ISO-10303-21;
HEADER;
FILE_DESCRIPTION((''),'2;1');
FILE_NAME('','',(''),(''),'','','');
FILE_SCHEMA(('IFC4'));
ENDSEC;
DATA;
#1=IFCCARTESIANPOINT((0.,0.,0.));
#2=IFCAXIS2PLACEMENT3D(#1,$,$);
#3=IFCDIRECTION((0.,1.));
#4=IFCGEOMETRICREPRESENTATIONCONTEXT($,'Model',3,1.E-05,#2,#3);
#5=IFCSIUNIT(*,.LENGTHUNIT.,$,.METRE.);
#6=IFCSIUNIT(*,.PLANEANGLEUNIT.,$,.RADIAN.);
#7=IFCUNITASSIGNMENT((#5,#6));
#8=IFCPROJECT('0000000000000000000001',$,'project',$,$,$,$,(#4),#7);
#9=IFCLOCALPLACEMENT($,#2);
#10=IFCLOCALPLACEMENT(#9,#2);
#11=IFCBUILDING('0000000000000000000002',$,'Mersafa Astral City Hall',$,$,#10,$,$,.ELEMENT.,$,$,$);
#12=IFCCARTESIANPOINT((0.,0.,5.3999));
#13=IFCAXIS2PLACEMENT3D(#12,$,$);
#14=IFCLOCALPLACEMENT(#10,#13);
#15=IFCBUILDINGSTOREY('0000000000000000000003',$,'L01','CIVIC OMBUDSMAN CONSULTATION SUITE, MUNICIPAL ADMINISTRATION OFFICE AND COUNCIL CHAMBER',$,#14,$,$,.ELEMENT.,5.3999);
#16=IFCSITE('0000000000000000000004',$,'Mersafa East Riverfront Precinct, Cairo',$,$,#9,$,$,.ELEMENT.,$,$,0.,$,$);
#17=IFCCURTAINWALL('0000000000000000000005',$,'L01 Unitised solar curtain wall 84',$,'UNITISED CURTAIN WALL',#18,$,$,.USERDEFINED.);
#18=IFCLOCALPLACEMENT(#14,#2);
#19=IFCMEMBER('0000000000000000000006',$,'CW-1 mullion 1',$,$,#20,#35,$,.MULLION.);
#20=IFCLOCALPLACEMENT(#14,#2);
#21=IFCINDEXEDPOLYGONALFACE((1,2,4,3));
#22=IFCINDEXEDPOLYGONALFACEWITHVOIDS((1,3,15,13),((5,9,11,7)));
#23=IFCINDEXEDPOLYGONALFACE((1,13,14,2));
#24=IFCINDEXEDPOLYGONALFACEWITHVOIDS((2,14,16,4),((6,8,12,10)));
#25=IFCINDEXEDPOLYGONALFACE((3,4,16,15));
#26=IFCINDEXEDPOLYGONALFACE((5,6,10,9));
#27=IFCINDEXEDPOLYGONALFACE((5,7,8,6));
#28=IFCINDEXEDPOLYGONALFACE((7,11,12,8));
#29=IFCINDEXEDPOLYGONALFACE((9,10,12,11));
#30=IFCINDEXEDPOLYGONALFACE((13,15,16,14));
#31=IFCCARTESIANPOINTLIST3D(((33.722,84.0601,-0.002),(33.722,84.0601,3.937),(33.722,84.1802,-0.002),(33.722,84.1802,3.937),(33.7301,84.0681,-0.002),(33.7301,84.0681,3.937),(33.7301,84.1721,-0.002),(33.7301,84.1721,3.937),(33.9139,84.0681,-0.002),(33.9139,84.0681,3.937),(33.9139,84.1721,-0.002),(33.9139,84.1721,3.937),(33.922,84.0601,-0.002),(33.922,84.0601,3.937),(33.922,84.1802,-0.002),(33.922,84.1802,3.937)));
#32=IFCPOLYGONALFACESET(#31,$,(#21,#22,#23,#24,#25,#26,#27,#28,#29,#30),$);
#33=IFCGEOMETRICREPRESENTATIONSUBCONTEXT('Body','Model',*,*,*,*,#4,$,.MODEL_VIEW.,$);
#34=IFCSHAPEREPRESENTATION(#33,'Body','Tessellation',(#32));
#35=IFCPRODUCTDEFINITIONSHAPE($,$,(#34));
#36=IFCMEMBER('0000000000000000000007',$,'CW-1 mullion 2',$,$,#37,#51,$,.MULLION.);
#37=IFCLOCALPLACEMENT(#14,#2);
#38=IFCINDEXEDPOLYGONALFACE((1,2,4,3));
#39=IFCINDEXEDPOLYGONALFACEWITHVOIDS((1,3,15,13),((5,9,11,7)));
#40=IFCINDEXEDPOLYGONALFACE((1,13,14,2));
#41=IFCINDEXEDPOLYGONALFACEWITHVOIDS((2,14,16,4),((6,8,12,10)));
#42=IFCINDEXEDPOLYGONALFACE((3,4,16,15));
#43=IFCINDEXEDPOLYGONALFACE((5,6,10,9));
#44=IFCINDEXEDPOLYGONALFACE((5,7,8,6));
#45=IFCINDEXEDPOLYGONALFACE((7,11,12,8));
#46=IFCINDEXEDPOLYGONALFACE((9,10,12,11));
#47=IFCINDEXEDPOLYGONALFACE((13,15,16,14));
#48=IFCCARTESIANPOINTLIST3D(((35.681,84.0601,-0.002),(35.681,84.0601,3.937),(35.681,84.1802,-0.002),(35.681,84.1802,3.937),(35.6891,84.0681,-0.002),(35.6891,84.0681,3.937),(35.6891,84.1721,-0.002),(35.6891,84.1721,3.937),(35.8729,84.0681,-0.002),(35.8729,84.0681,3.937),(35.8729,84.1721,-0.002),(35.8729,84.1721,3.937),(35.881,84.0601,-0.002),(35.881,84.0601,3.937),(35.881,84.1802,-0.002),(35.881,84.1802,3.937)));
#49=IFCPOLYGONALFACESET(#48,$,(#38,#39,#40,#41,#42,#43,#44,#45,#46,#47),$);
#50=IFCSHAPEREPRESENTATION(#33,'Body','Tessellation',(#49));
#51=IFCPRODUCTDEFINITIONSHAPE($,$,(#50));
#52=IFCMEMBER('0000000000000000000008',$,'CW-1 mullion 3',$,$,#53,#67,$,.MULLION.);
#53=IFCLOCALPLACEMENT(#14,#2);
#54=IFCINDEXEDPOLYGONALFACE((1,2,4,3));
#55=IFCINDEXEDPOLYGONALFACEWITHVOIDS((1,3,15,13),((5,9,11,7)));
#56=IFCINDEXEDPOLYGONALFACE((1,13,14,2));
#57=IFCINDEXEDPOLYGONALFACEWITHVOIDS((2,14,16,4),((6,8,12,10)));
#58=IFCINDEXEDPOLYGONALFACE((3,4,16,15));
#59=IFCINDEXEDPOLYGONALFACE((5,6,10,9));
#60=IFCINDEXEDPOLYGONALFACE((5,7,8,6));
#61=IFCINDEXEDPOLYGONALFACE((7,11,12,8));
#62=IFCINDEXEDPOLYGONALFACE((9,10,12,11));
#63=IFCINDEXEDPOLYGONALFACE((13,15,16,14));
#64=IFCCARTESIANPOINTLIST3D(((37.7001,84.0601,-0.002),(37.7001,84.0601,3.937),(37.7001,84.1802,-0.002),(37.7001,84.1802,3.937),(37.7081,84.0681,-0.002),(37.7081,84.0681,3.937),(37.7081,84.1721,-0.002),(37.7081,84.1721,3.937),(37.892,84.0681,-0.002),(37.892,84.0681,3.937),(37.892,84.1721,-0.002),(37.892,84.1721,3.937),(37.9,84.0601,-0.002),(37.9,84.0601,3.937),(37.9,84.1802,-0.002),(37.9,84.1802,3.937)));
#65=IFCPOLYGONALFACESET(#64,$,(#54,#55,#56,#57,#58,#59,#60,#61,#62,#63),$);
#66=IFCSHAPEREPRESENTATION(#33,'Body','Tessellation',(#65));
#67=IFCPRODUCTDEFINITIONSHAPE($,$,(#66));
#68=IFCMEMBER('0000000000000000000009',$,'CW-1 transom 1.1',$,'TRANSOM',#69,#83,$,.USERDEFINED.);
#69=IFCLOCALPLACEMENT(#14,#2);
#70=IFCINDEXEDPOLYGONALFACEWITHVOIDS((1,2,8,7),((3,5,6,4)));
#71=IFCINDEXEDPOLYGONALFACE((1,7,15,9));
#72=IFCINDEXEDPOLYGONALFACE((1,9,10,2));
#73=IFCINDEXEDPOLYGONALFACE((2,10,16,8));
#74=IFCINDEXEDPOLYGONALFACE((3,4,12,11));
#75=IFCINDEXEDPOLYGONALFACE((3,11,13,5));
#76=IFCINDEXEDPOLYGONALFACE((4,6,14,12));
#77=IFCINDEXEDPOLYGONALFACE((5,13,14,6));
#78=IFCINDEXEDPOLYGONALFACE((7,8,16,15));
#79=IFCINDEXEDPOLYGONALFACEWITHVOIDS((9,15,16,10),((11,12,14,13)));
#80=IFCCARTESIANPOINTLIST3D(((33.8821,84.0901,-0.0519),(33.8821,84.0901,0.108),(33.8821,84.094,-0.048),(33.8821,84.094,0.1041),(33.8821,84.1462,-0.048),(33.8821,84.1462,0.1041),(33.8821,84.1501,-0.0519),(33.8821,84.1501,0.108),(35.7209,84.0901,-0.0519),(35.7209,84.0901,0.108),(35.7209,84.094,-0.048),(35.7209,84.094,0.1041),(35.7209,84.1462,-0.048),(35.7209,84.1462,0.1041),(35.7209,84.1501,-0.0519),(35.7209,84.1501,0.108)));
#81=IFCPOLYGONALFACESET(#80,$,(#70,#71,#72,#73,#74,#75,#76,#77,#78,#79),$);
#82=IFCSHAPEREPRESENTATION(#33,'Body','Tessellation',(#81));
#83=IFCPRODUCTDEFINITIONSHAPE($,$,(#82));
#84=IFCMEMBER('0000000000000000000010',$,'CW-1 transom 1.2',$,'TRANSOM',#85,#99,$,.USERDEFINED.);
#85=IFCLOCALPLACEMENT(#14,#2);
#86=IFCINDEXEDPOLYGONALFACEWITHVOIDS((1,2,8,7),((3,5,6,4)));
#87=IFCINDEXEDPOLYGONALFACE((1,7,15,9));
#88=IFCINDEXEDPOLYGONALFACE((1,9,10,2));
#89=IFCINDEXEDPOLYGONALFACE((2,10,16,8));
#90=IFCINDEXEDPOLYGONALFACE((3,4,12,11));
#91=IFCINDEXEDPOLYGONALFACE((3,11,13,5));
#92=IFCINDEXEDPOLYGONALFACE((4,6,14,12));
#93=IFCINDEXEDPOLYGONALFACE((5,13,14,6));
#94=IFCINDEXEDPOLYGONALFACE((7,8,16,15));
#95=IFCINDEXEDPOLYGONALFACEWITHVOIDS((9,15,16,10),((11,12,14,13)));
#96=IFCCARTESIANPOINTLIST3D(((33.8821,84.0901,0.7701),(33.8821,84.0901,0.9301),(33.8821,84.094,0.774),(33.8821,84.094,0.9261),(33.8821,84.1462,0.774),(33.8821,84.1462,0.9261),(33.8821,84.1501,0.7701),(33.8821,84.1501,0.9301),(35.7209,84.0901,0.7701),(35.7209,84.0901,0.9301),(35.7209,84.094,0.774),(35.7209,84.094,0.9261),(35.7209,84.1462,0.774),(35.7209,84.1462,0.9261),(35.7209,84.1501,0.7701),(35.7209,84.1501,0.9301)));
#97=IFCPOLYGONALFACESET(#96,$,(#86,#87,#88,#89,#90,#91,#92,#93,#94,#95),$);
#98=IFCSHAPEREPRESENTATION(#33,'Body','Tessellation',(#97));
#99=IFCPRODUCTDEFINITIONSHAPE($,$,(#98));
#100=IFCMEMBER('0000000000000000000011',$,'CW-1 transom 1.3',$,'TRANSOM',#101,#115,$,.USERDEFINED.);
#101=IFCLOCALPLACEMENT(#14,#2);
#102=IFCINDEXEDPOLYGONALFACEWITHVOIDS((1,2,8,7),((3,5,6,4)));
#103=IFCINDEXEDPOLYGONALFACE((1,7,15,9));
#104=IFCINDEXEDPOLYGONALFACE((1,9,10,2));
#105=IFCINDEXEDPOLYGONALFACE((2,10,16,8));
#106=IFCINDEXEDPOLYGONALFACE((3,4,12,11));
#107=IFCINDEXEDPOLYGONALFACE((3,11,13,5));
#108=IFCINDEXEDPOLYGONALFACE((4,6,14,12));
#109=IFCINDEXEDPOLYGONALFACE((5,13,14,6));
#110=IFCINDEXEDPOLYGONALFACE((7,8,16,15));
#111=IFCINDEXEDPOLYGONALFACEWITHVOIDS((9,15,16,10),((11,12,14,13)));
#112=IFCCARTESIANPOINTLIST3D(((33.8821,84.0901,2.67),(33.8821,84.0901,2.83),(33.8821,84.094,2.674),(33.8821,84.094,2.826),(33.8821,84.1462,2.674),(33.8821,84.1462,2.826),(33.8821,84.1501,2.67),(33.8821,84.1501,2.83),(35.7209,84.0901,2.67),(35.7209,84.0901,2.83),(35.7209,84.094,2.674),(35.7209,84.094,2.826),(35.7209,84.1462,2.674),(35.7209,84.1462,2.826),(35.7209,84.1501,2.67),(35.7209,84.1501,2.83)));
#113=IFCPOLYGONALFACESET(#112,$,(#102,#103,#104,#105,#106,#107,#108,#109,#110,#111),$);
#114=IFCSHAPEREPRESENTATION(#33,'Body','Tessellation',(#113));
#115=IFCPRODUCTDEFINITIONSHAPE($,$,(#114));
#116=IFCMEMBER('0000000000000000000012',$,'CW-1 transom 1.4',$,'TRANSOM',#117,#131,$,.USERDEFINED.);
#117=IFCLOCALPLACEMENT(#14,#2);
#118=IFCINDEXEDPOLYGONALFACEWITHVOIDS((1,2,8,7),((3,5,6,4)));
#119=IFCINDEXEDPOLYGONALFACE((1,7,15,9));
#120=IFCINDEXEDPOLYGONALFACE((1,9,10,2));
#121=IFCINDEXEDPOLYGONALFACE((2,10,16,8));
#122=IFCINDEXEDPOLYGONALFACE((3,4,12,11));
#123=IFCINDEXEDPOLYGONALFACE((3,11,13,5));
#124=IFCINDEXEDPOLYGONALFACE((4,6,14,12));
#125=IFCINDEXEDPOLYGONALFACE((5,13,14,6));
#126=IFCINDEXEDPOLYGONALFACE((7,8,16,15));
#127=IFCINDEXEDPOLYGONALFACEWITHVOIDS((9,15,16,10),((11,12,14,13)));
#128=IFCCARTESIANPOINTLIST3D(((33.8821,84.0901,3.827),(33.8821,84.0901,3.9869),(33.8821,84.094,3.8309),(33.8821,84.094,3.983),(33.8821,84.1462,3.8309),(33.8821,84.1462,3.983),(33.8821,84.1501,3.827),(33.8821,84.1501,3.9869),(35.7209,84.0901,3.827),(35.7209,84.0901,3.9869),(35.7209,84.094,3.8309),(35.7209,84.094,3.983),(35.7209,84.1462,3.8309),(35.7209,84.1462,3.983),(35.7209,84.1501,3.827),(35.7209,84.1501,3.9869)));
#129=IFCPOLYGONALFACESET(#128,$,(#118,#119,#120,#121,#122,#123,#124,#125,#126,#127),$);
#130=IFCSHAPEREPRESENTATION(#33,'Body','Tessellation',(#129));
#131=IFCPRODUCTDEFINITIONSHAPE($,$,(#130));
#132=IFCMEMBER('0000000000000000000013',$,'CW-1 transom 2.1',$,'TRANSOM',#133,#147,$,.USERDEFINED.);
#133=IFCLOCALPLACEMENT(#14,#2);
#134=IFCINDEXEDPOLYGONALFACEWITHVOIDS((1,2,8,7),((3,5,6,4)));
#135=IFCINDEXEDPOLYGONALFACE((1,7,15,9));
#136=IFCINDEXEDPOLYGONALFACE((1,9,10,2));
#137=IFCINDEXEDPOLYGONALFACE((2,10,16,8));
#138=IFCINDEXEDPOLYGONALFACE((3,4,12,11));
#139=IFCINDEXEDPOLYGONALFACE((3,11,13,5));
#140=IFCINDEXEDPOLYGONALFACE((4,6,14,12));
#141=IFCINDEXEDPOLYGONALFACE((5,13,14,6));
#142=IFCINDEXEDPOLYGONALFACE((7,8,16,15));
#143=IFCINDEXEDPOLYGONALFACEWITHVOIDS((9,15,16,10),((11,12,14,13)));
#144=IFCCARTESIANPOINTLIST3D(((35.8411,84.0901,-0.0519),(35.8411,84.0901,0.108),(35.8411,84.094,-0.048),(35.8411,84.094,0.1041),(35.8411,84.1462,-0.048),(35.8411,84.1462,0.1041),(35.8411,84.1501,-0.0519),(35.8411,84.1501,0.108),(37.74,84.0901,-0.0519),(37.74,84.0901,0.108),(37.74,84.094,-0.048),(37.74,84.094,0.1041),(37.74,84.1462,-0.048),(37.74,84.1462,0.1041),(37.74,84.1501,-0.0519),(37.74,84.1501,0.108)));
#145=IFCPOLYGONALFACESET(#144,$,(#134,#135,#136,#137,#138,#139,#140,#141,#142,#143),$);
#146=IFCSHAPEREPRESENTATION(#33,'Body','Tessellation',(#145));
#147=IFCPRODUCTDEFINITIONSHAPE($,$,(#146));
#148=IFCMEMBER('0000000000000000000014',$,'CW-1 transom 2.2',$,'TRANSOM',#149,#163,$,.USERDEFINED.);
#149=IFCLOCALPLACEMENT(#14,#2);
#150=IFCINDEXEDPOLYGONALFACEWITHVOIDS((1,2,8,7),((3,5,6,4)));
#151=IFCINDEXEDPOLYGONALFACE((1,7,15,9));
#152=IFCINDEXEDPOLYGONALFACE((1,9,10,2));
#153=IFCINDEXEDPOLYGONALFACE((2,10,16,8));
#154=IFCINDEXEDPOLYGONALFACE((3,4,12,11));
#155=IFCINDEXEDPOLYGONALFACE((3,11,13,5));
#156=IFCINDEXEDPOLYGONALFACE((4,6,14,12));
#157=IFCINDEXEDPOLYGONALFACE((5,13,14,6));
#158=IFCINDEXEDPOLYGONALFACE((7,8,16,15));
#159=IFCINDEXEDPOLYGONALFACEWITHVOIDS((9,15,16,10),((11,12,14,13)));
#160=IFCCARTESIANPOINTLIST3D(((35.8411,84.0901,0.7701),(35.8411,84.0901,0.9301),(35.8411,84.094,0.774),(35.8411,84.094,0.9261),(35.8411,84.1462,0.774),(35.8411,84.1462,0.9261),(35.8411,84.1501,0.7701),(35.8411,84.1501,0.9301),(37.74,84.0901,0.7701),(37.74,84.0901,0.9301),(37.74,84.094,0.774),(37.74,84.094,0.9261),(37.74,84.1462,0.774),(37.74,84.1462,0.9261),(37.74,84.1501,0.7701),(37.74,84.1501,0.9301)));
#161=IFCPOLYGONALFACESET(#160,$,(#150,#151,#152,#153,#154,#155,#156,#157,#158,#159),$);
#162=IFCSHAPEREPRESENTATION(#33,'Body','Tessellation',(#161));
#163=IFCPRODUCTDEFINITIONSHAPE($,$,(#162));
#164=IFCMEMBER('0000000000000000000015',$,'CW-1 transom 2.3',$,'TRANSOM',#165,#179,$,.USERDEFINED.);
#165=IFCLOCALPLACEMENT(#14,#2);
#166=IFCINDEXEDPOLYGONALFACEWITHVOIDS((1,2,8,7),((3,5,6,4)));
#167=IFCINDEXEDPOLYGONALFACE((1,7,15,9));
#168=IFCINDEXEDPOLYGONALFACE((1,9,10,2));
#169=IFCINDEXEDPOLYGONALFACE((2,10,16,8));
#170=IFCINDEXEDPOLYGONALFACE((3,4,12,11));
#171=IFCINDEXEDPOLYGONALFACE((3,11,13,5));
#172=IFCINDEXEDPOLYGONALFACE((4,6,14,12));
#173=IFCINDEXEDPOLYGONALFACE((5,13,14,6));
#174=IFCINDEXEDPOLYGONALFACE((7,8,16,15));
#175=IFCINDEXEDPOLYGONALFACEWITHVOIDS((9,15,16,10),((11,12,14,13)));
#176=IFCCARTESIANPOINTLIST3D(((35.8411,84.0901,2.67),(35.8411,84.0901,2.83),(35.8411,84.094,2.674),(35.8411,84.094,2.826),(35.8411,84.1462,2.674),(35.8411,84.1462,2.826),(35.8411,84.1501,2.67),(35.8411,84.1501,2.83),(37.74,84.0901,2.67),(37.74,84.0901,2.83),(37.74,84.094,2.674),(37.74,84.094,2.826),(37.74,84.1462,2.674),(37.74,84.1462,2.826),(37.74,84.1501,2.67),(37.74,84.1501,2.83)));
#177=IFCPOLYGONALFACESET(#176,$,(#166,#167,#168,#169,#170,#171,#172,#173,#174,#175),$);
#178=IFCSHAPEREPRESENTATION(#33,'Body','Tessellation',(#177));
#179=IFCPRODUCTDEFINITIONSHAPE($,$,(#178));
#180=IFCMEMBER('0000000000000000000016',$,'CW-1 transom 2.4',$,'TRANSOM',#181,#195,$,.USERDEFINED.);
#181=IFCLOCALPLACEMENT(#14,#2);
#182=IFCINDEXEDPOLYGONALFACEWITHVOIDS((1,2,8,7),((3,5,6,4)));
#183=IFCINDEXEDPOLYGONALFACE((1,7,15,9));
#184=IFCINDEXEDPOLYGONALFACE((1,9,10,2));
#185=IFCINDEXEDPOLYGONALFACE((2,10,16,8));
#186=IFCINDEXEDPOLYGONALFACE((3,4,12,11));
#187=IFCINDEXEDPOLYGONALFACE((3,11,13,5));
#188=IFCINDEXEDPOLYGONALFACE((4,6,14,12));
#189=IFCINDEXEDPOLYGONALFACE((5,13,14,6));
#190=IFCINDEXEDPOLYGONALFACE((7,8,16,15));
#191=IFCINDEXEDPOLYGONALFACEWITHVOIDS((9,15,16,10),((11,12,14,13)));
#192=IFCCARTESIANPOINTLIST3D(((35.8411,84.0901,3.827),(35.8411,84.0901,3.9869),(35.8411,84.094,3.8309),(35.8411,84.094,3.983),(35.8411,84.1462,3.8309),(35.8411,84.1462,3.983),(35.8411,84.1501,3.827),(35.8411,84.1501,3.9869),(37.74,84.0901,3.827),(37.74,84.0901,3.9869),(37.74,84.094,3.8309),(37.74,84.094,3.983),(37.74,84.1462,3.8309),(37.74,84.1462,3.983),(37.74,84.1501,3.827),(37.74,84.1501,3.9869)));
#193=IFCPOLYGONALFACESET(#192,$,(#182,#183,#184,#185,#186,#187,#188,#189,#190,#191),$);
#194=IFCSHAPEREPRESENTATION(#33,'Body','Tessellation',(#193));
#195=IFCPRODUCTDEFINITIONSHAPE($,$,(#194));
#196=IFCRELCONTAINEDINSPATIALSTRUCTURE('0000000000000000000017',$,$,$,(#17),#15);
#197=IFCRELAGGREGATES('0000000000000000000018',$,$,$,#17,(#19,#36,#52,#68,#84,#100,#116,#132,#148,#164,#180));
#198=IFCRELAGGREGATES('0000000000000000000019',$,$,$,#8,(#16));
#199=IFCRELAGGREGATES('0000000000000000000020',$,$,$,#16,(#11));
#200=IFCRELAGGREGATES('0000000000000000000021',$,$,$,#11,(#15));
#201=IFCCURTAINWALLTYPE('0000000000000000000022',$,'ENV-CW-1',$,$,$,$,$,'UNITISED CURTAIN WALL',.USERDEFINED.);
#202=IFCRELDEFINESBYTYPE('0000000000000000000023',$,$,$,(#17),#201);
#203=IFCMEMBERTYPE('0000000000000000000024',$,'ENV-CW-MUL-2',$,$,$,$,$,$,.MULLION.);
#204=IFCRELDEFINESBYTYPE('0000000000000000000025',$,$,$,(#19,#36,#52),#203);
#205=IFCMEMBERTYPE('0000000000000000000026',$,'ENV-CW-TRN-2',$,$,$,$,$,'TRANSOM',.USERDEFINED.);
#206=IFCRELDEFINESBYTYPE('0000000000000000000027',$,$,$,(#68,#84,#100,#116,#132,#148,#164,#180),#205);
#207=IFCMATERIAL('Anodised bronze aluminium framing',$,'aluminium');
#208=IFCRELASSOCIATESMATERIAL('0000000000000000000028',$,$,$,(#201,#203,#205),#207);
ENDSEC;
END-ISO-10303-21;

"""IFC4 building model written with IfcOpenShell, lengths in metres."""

from ifc_helpers import new_model, si_unit, direction, frame, origin, origin_2d, place, context, subcontext, project, spatial, hollow_rectangle, extrude, material, material_profile, profile_set, type_object, element, aggregate, save


model = new_model("IFC4")

# Units and contexts
model_context = context("Model", 3, precision=1e-05, world=origin(), true_north=direction((0.0, 1.0)))
body_context = subcontext(model_context, "Body", "Model", "MODEL_VIEW")
ifc_project = project(units=[si_unit("LENGTHUNIT", "METRE"), si_unit("PLANEANGLEUNIT", "RADIAN")], contexts=[model_context])

# Site, building, storey
site_placement = place(None, origin())
site = spatial("IfcSite", under=ifc_project, at=site_placement, Name="Mersafa East Riverfront Precinct, Cairo", CompositionType="ELEMENT", RefElevation=0.0)
building_placement = place(site_placement, origin())
building = spatial("IfcBuilding", under=site, at=building_placement, Name="Mersafa Astral City Hall", CompositionType="ELEMENT")
storey_placement = place(building_placement, frame((0.0, 0.0, 5.3999)))
storey = spatial("IfcBuildingStorey", under=building, at=storey_placement, Name="L01", Description="CIVIC OMBUDSMAN CONSULTATION SUITE, MUNICIPAL ADMINISTRATION OFFICE AND COUNCIL CHAMBER", CompositionType="ELEMENT", Elevation=5.3999)

# Curtain wall, members
ifc_material_1 = material(Name="Anodised bronze aluminium framing", Category="aluminium")
curtain_wall_type = type_object("IfcCurtainWallType", Name="ENV-CW-1", ElementType="UNITISED CURTAIN WALL", PredefinedType="USERDEFINED", material=ifc_material_1)
curtain_wall_placement = place(storey_placement, origin())
curtain_wall = element("IfcCurtainWall", 1, at=curtain_wall_placement, inside=storey, type_object=curtain_wall_type, Name="L01 Unitised solar curtain wall 84", ObjectType="UNITISED CURTAIN WALL", PredefinedType="USERDEFINED")
ifc_material_profile_1 = material_profile(ifc_material_1, hollow_rectangle(XDim=0.1201, YDim=0.2, WallThickness=0.0081, at=origin_2d()), Name="RHS 120x200x8")
ifc_profile_set_1 = profile_set([ifc_material_profile_1], Name="Anodised bronze aluminium framing")
member_type_1 = type_object("IfcMemberType", Name="ENV-CW-MUL-2", PredefinedType="MULLION", material=ifc_profile_set_1)
member_1_placement = place(storey_placement, frame((33.822, 84.1201, -0.002), z_axis=(0.0, 0.0, 1.0), x_axis=(0.0, 1.0, 0.0)))
member_1 = element("IfcMember", 2, at=member_1_placement, type_object=member_type_1, Name="CW-1 mullion 1", PredefinedType="MULLION", context=body_context, shape_type="SweptSolid", body=[
    extrude(hollow_rectangle(XDim=0.1201, YDim=0.2, WallThickness=0.0081, at=origin_2d()), origin(), (0.0, 0.0, 1.0), 3.939),
])
member_2_placement = place(storey_placement, frame((35.781, 84.1201, -0.002), z_axis=(0.0, 0.0, 1.0), x_axis=(0.0, 1.0, 0.0)))
member_2 = element("IfcMember", 3, at=member_2_placement, type_object=member_type_1, Name="CW-1 mullion 2", PredefinedType="MULLION", context=body_context, shape_type="SweptSolid", body=[
    extrude(hollow_rectangle(XDim=0.1201, YDim=0.2, WallThickness=0.0081, at=origin_2d()), origin(), (0.0, 0.0, 1.0), 3.939),
])
member_3_placement = place(storey_placement, frame((37.8, 84.1201, -0.002), z_axis=(0.0, 0.0, 1.0), x_axis=(0.0, 1.0, 0.0)))
member_3 = element("IfcMember", 4, at=member_3_placement, type_object=member_type_1, Name="CW-1 mullion 3", PredefinedType="MULLION", context=body_context, shape_type="SweptSolid", body=[
    extrude(hollow_rectangle(XDim=0.1201, YDim=0.2, WallThickness=0.0081, at=origin_2d()), origin(), (0.0, 0.0, 1.0), 3.939),
])
ifc_material_profile_2 = material_profile(ifc_material_1, hollow_rectangle(XDim=0.0601, YDim=0.1599, WallThickness=0.0039, at=origin_2d()), Name="RHS 60x160x4")
ifc_profile_set_2 = profile_set([ifc_material_profile_2], Name="Anodised bronze aluminium framing")
member_type_2 = type_object("IfcMemberType", Name="ENV-CW-TRN-2", ElementType="TRANSOM", PredefinedType="USERDEFINED", material=ifc_profile_set_2)
member_4_placement = place(storey_placement, frame((33.8821, 84.1201, 0.0281), z_axis=(1.0, 0.0, 0.0), x_axis=(0.0, 1.0, 0.0)))
member_4 = element("IfcMember", 5, at=member_4_placement, type_object=member_type_2, Name="CW-1 transom 1.1", ObjectType="TRANSOM", PredefinedType="USERDEFINED", context=body_context, shape_type="SweptSolid", body=[
    extrude(hollow_rectangle(XDim=0.0601, YDim=0.1599, WallThickness=0.0039, at=origin_2d()), origin(), (0.0, 0.0, 1.0), 1.8389),
])
member_5_placement = place(storey_placement, frame((33.8821, 84.1201, 0.8501), z_axis=(1.0, 0.0, 0.0), x_axis=(0.0, 1.0, 0.0)))
member_5 = element("IfcMember", 6, at=member_5_placement, type_object=member_type_2, Name="CW-1 transom 1.2", ObjectType="TRANSOM", PredefinedType="USERDEFINED", context=body_context, shape_type="SweptSolid", body=[
    extrude(hollow_rectangle(XDim=0.0601, YDim=0.1599, WallThickness=0.0039, at=origin_2d()), origin(), (0.0, 0.0, 1.0), 1.8389),
])
member_6_placement = place(storey_placement, frame((33.8821, 84.1201, 2.75), z_axis=(1.0, 0.0, 0.0), x_axis=(0.0, 1.0, 0.0)))
member_6 = element("IfcMember", 7, at=member_6_placement, type_object=member_type_2, Name="CW-1 transom 1.3", ObjectType="TRANSOM", PredefinedType="USERDEFINED", context=body_context, shape_type="SweptSolid", body=[
    extrude(hollow_rectangle(XDim=0.0601, YDim=0.1599, WallThickness=0.0039, at=origin_2d()), origin(), (0.0, 0.0, 1.0), 1.8389),
])
member_7_placement = place(storey_placement, frame((33.8821, 84.1201, 3.907), z_axis=(1.0, 0.0, 0.0), x_axis=(0.0, 1.0, 0.0)))
member_7 = element("IfcMember", 8, at=member_7_placement, type_object=member_type_2, Name="CW-1 transom 1.4", ObjectType="TRANSOM", PredefinedType="USERDEFINED", context=body_context, shape_type="SweptSolid", body=[
    extrude(hollow_rectangle(XDim=0.0601, YDim=0.1599, WallThickness=0.0039, at=origin_2d()), origin(), (0.0, 0.0, 1.0), 1.8389),
])
member_8_placement = place(storey_placement, frame((35.8411, 84.1201, 0.0281), z_axis=(1.0, 0.0, 0.0), x_axis=(0.0, 1.0, 0.0)))
member_8 = element("IfcMember", 9, at=member_8_placement, type_object=member_type_2, Name="CW-1 transom 2.1", ObjectType="TRANSOM", PredefinedType="USERDEFINED", context=body_context, shape_type="SweptSolid", body=[
    extrude(hollow_rectangle(XDim=0.0601, YDim=0.1599, WallThickness=0.0039, at=origin_2d()), origin(), (0.0, 0.0, 1.0), 1.8989),
])
member_9_placement = place(storey_placement, frame((35.8411, 84.1201, 0.8501), z_axis=(1.0, 0.0, 0.0), x_axis=(0.0, 1.0, 0.0)))
member_9 = element("IfcMember", 10, at=member_9_placement, type_object=member_type_2, Name="CW-1 transom 2.2", ObjectType="TRANSOM", PredefinedType="USERDEFINED", context=body_context, shape_type="SweptSolid", body=[
    extrude(hollow_rectangle(XDim=0.0601, YDim=0.1599, WallThickness=0.0039, at=origin_2d()), origin(), (0.0, 0.0, 1.0), 1.8989),
])
member_10_placement = place(storey_placement, frame((35.8411, 84.1201, 2.75), z_axis=(1.0, 0.0, 0.0), x_axis=(0.0, 1.0, 0.0)))
member_10 = element("IfcMember", 11, at=member_10_placement, type_object=member_type_2, Name="CW-1 transom 2.3", ObjectType="TRANSOM", PredefinedType="USERDEFINED", context=body_context, shape_type="SweptSolid", body=[
    extrude(hollow_rectangle(XDim=0.0601, YDim=0.1599, WallThickness=0.0039, at=origin_2d()), origin(), (0.0, 0.0, 1.0), 1.8989),
])
member_11_placement = place(storey_placement, frame((35.8411, 84.1201, 3.907), z_axis=(1.0, 0.0, 0.0), x_axis=(0.0, 1.0, 0.0)))
member_11 = element("IfcMember", 12, at=member_11_placement, type_object=member_type_2, Name="CW-1 transom 2.4", ObjectType="TRANSOM", PredefinedType="USERDEFINED", context=body_context, shape_type="SweptSolid", body=[
    extrude(hollow_rectangle(XDim=0.0601, YDim=0.1599, WallThickness=0.0039, at=origin_2d()), origin(), (0.0, 0.0, 1.0), 1.8989),
])

aggregate(curtain_wall, [member_1, member_2, member_3, member_4, member_5, member_6, member_7, member_8, member_9, member_10, member_11])

save(model, "model.ifc")
